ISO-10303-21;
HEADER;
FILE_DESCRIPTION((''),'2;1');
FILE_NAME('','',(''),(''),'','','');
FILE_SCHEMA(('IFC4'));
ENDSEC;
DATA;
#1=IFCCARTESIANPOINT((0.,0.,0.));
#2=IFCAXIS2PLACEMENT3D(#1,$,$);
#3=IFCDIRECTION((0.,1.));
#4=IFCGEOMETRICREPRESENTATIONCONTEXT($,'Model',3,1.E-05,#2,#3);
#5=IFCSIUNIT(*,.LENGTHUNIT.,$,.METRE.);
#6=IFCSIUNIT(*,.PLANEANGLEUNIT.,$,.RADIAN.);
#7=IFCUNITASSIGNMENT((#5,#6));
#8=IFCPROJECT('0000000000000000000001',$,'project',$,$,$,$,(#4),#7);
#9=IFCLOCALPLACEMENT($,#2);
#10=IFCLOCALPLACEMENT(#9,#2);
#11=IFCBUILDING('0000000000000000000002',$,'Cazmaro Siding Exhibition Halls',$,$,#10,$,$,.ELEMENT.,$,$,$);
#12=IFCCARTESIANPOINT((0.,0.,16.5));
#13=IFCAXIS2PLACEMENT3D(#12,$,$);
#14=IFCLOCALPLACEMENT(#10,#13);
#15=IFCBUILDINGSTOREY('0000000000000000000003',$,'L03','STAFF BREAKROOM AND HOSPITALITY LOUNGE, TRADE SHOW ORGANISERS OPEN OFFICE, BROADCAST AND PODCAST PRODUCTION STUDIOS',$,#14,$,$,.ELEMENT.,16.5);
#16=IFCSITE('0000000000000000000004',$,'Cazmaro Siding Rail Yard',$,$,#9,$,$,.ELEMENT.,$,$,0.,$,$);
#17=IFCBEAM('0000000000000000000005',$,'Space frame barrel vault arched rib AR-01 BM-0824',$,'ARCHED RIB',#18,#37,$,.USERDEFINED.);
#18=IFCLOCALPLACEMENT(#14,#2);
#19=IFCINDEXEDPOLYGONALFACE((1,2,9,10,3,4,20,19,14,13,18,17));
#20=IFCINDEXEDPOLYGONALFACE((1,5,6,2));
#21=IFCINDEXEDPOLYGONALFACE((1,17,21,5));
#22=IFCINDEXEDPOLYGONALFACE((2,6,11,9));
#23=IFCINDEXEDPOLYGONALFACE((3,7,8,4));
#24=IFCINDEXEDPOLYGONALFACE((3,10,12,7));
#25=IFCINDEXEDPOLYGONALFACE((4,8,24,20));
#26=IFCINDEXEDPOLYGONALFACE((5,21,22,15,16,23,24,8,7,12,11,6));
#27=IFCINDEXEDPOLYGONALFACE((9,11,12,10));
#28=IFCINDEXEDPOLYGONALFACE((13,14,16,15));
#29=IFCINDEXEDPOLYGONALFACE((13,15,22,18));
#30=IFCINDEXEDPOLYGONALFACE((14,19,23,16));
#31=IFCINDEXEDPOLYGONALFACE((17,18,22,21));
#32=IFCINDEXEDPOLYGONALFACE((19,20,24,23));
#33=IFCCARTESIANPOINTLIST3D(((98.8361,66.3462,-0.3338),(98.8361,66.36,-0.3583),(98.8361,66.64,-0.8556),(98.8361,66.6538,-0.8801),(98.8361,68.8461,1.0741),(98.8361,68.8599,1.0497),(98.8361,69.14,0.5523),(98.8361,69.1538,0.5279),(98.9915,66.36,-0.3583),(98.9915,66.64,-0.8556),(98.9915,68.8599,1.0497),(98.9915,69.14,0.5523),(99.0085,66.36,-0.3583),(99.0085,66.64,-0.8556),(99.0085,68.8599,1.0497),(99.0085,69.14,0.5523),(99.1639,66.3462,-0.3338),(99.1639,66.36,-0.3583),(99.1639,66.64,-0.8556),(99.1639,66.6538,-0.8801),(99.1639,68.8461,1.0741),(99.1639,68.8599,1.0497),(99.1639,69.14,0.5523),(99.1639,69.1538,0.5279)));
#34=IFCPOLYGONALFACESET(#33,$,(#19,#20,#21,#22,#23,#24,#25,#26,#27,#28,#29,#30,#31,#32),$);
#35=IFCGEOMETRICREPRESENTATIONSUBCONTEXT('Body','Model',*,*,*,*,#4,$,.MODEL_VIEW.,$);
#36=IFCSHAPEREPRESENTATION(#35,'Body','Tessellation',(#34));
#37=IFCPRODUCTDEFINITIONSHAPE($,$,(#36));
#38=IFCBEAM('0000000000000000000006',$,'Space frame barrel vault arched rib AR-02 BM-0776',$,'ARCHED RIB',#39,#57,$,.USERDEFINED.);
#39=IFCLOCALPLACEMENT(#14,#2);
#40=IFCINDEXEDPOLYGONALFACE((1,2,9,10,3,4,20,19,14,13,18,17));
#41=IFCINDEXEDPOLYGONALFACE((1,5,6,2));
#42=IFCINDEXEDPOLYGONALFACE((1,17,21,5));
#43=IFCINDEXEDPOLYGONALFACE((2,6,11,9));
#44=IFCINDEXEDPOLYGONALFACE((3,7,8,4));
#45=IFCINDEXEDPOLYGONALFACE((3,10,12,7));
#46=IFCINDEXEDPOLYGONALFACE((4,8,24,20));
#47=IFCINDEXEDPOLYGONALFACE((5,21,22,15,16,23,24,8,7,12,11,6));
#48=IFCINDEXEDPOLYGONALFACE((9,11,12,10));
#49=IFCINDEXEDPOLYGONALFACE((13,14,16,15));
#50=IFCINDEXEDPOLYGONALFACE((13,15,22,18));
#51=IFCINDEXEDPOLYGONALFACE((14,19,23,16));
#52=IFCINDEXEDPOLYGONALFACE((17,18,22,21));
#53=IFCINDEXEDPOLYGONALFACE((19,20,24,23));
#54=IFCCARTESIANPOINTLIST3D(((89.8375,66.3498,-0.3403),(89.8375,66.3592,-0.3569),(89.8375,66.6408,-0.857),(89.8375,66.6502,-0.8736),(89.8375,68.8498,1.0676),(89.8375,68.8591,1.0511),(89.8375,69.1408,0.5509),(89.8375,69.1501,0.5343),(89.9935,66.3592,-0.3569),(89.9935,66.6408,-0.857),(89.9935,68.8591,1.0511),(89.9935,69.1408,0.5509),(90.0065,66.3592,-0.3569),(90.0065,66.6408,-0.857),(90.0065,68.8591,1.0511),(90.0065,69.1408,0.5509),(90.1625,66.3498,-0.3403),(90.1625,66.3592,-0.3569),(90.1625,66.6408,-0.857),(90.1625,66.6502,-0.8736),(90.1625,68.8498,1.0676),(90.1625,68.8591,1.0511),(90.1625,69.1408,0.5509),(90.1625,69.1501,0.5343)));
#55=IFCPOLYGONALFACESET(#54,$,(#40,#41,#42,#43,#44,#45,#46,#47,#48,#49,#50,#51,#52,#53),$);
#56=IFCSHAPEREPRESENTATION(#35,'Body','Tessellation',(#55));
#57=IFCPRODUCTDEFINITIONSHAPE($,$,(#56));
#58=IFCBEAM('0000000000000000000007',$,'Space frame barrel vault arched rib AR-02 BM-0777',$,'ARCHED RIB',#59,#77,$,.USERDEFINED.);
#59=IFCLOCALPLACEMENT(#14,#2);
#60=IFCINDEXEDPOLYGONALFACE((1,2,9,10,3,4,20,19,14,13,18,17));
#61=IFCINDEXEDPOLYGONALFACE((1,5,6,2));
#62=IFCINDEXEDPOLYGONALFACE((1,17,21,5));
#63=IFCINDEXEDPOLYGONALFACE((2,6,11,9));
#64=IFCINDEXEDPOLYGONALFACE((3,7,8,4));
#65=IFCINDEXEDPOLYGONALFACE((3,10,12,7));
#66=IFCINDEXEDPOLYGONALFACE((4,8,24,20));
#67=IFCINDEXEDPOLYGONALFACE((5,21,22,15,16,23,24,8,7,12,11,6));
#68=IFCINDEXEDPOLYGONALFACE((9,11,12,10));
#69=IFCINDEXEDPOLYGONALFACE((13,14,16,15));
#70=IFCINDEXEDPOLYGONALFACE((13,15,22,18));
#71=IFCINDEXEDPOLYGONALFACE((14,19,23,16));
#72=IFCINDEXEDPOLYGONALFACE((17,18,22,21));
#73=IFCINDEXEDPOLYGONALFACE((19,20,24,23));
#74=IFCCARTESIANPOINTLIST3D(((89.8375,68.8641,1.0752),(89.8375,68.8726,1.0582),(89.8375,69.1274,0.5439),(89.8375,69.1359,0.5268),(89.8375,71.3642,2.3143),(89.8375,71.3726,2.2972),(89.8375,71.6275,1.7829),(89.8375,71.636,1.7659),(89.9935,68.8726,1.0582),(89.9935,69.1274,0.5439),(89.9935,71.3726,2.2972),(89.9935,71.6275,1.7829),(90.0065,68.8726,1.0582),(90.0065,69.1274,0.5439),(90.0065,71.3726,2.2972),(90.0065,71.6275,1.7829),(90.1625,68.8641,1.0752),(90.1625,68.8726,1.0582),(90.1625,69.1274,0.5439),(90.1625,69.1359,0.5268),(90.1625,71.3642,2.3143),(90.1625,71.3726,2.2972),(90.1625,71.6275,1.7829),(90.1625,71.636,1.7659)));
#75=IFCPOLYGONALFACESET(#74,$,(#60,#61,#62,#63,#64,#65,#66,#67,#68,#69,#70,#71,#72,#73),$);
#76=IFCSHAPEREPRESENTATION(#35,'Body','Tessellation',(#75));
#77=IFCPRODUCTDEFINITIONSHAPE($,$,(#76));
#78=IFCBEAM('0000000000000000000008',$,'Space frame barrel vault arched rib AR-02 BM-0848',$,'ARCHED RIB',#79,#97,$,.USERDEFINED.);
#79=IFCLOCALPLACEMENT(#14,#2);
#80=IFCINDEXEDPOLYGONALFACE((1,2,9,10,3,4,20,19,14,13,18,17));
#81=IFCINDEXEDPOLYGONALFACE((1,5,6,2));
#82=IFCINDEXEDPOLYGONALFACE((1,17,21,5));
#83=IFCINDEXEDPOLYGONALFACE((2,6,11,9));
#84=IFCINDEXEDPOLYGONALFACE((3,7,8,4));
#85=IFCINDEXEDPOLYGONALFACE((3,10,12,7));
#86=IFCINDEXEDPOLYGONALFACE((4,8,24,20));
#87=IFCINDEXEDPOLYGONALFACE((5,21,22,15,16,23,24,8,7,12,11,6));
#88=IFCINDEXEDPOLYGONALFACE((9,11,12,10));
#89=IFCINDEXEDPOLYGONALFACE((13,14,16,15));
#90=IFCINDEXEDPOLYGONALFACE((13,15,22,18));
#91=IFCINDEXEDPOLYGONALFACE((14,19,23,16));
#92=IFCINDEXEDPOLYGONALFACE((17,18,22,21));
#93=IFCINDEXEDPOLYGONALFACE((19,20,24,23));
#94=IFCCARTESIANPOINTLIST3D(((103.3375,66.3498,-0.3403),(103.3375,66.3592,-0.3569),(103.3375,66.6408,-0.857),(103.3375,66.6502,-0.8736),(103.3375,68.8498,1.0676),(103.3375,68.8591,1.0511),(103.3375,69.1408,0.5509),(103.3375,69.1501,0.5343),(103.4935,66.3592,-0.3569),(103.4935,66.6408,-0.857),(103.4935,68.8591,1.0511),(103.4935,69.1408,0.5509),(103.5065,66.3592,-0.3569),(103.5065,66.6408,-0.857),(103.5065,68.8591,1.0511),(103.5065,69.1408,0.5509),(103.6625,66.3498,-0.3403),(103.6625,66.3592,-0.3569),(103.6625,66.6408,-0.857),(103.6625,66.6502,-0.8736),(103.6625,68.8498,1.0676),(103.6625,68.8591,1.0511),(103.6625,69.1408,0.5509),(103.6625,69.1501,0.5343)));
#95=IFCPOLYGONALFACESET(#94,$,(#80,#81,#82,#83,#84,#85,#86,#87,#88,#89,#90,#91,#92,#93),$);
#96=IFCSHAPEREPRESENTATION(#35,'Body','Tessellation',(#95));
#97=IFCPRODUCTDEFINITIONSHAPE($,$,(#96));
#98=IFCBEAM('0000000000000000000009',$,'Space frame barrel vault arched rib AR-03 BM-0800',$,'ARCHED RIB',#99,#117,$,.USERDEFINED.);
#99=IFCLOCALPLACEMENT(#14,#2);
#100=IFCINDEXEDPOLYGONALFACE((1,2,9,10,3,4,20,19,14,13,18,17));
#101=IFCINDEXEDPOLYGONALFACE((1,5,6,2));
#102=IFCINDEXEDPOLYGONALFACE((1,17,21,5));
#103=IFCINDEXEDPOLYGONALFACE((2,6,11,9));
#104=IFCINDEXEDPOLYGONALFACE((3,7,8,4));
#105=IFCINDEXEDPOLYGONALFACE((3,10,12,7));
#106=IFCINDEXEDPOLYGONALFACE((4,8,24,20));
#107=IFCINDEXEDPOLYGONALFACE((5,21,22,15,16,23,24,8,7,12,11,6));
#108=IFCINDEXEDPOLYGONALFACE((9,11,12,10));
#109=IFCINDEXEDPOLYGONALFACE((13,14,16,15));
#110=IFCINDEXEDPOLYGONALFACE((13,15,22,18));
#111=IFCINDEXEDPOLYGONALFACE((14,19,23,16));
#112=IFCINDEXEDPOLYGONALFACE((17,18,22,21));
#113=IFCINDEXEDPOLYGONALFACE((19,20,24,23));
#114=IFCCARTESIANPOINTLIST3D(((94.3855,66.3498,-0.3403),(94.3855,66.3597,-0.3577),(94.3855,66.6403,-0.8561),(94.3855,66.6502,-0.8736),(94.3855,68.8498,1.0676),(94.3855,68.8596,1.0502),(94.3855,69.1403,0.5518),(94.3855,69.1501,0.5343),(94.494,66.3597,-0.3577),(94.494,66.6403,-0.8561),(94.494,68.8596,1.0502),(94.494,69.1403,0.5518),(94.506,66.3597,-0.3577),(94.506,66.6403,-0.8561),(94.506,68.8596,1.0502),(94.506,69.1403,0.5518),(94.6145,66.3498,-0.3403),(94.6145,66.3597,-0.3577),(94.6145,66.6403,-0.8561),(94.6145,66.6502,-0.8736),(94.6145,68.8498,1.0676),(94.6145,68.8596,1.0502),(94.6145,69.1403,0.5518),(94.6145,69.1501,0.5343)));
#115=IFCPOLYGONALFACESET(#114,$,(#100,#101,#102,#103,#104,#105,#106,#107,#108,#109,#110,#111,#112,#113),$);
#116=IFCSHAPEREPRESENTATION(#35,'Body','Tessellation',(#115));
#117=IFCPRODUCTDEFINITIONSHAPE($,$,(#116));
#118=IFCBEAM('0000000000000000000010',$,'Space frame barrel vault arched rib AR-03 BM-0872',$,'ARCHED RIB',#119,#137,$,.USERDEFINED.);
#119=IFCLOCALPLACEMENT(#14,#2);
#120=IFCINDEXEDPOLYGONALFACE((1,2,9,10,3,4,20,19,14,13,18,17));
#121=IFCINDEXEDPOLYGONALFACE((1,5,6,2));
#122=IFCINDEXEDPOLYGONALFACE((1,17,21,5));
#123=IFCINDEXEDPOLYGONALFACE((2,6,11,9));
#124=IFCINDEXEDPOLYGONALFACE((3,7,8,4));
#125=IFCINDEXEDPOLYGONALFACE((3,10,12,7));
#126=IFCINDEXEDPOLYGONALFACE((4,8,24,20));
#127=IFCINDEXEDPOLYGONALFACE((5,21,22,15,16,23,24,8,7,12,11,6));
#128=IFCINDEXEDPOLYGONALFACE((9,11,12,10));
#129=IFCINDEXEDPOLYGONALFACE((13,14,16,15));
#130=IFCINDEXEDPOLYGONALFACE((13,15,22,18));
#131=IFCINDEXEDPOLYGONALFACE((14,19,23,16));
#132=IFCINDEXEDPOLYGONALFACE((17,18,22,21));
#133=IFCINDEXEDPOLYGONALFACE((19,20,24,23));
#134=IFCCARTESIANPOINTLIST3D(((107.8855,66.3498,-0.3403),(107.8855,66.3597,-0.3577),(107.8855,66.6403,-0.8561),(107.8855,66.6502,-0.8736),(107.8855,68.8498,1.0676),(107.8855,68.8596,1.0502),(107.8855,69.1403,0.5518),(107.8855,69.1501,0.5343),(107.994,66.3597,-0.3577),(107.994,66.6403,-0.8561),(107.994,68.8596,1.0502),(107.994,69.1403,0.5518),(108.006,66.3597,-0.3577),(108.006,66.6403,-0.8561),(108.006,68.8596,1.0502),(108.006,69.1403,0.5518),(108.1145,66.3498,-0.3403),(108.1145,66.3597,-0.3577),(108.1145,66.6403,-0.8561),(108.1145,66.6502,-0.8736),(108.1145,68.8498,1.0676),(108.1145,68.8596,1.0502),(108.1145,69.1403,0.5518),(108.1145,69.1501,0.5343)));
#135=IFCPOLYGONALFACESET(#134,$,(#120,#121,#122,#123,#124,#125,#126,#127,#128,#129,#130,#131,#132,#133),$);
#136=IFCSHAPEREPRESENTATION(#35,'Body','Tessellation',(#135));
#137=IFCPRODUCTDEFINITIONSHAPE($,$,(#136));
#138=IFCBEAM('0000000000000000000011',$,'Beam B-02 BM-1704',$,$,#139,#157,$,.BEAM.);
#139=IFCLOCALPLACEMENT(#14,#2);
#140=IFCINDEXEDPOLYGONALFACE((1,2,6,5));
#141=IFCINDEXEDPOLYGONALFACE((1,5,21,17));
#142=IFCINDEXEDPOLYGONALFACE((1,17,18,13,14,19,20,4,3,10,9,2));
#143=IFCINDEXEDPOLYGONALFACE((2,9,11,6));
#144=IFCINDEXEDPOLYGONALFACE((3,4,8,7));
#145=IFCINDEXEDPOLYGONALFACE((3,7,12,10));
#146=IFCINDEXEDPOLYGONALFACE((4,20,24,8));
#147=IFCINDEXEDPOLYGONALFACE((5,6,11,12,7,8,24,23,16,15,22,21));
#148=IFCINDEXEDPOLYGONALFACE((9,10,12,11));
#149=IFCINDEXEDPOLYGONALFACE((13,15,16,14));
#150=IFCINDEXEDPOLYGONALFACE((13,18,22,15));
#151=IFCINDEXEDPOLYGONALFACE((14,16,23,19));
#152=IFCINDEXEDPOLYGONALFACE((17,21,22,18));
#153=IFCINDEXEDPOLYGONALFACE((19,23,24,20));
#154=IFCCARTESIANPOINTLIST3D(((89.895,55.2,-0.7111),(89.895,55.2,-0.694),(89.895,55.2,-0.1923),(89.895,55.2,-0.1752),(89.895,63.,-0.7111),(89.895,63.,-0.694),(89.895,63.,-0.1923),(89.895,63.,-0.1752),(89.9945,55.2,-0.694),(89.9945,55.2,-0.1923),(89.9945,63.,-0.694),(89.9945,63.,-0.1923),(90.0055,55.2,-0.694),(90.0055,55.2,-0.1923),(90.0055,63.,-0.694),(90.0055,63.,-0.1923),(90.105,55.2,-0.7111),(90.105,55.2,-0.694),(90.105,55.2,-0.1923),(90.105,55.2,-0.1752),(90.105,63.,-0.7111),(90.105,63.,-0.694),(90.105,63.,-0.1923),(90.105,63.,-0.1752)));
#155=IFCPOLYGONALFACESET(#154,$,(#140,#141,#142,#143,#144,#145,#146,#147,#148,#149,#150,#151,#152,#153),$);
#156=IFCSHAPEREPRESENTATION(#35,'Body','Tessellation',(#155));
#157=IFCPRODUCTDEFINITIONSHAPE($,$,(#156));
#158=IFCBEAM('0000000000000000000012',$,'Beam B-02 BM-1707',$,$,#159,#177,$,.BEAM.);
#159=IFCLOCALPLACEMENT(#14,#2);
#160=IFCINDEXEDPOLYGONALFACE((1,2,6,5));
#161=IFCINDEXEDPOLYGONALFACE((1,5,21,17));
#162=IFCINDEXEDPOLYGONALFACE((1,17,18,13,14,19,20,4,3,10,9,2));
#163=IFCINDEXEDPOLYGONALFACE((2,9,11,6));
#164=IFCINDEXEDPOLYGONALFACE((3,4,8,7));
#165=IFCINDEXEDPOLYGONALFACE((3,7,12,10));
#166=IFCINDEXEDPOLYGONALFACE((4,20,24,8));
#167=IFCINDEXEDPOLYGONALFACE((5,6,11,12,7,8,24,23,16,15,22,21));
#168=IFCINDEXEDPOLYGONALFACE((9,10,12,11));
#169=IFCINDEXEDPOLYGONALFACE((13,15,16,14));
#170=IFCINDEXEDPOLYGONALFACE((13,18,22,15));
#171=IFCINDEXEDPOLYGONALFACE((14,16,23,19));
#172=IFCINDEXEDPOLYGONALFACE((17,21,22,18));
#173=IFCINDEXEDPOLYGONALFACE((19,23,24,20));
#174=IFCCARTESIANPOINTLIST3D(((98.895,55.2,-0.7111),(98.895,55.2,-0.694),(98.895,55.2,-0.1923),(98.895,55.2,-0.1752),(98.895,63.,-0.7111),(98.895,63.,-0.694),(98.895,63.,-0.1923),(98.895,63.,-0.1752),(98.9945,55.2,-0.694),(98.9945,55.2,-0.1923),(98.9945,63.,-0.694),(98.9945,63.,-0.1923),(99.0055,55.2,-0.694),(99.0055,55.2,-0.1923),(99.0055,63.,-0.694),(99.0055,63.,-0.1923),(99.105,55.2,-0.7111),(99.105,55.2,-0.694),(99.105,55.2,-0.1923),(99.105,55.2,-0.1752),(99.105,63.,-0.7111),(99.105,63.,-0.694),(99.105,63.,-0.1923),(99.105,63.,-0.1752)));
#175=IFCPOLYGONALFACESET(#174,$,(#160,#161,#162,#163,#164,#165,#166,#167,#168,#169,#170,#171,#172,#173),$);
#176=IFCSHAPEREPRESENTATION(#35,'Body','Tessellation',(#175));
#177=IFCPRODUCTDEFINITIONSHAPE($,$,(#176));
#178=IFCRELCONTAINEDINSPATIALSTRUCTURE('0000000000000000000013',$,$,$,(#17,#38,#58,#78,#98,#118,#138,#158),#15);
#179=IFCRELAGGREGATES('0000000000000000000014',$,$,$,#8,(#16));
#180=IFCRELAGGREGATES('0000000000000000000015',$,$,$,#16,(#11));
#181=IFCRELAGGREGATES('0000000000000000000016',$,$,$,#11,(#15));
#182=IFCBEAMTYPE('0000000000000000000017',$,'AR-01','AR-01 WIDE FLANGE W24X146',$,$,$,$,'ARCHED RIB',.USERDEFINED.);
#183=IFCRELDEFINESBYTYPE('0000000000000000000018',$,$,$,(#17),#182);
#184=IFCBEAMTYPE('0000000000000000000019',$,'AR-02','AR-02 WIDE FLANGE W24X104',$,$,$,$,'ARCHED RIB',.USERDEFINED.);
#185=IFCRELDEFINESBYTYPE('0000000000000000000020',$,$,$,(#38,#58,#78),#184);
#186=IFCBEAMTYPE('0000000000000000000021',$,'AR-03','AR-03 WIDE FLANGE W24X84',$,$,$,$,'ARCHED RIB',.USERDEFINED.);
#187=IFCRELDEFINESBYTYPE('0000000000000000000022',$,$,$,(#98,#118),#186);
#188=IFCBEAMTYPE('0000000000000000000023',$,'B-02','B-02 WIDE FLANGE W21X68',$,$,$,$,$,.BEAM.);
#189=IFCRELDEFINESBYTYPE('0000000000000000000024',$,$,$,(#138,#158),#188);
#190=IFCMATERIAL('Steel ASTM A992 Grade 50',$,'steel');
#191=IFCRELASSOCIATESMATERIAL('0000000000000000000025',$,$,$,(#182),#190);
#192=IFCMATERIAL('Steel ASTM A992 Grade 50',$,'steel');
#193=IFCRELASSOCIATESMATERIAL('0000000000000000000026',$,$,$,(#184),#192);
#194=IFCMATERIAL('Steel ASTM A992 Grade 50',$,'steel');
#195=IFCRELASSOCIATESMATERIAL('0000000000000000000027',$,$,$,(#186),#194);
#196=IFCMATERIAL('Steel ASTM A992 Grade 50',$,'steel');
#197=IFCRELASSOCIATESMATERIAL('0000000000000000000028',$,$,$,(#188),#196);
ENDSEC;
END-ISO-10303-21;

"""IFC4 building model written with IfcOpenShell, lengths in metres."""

from ifc_helpers import new_model, si_unit, direction, frame, origin, origin_2d, place, context, subcontext, project, spatial, i_section, extrude, material, material_profile, profile_set, type_object, element, save


model = new_model("IFC4")

# Units and contexts
model_context = context("Model", 3, precision=1e-05, world=origin(), true_north=direction((0.0, 1.0)))
body_context = subcontext(model_context, "Body", "Model", "MODEL_VIEW")
ifc_project = project(units=[si_unit("LENGTHUNIT", "METRE"), si_unit("PLANEANGLEUNIT", "RADIAN")], contexts=[model_context])

# Site, building, storey
site_placement = place(None, origin())
site = spatial("IfcSite", under=ifc_project, at=site_placement, Name="Cazmaro Siding Rail Yard", CompositionType="ELEMENT", RefElevation=0.0)
building_placement = place(site_placement, origin())
building = spatial("IfcBuilding", under=site, at=building_placement, Name="Cazmaro Siding Exhibition Halls", CompositionType="ELEMENT")
storey_placement = place(building_placement, frame((0.0, 0.0, 16.5)))
storey = spatial("IfcBuildingStorey", under=building, at=storey_placement, Name="L03", Description="STAFF BREAKROOM AND HOSPITALITY LOUNGE, TRADE SHOW ORGANISERS OPEN OFFICE, BROADCAST AND PODCAST PRODUCTION STUDIOS", CompositionType="ELEMENT", Elevation=16.5)

# Beams
ifc_material_1 = material(Name="Steel ASTM A992 Grade 50", Category="steel")
ifc_material_profile_1 = material_profile(ifc_material_1, i_section(OverallWidth=0.3279, OverallDepth=0.627, WebThickness=0.0171, FlangeThickness=0.0281, at=origin_2d()), Name="W24X146")
ifc_profile_set_1 = profile_set([ifc_material_profile_1], Name="Steel ASTM A992 Grade 50")
beam_type_1 = type_object("IfcBeamType", Name="AR-01", Description="AR-01 WIDE FLANGE W24X146", ElementType="ARCHED RIB", PredefinedType="USERDEFINED", material=ifc_profile_set_1)
beam_1_placement = place(storey_placement, frame((99.0, 66.5, -0.6069), z_axis=(0.0, 0.871321, 0.490714), x_axis=(-1.0, 0.0, 0.0)))
element("IfcBeam", 1, at=beam_1_placement, inside=storey, type_object=beam_type_1, Name="Space frame barrel vault arched rib AR-01 BM-0824", ObjectType="ARCHED RIB", PredefinedType="USERDEFINED", context=body_context, shape_type="SweptSolid", body=[
    extrude(i_section(OverallWidth=0.3279, OverallDepth=0.627, WebThickness=0.0171, FlangeThickness=0.0281, at=origin_2d()), origin(), (0.0, 0.0, 1.0), 2.8691),
])
ifc_material_2 = material(Name="Steel ASTM A992 Grade 50", Category="steel")
ifc_material_profile_2 = material_profile(ifc_material_2, i_section(OverallWidth=0.325, OverallDepth=0.6121, WebThickness=0.0129, FlangeThickness=0.019, at=origin_2d()), Name="W24X104")
ifc_profile_set_2 = profile_set([ifc_material_profile_2], Name="Steel ASTM A992 Grade 50")
beam_type_2 = type_object("IfcBeamType", Name="AR-02", Description="AR-02 WIDE FLANGE W24X104", ElementType="ARCHED RIB", PredefinedType="USERDEFINED", material=ifc_profile_set_2)
beam_2_placement = place(storey_placement, frame((90.0, 66.5, -0.6069), z_axis=(0.0, 0.871321, 0.490714), x_axis=(-1.0, 0.0, 0.0)))
element("IfcBeam", 2, at=beam_2_placement, inside=storey, type_object=beam_type_2, Name="Space frame barrel vault arched rib AR-02 BM-0776", ObjectType="ARCHED RIB", PredefinedType="USERDEFINED", context=body_context, shape_type="SweptSolid", body=[
    extrude(i_section(OverallWidth=0.325, OverallDepth=0.6121, WebThickness=0.0129, FlangeThickness=0.019, at=origin_2d()), origin(), (0.0, 0.0, 1.0), 2.8691),
])
beam_3_placement = place(storey_placement, frame((90.0, 69.0, 0.801), z_axis=(0.0, 0.895997, 0.444061), x_axis=(-1.0, 0.0, 0.0)))
element("IfcBeam", 3, at=beam_3_placement, inside=storey, type_object=beam_type_2, Name="Space frame barrel vault arched rib AR-02 BM-0777", ObjectType="ARCHED RIB", PredefinedType="USERDEFINED", context=body_context, shape_type="SweptSolid", body=[
    extrude(i_section(OverallWidth=0.325, OverallDepth=0.6121, WebThickness=0.0129, FlangeThickness=0.019, at=origin_2d()), origin(), (0.0, 0.0, 1.0), 2.7903),
])
beam_4_placement = place(storey_placement, frame((103.5, 66.5, -0.6069), z_axis=(0.0, 0.871321, 0.490714), x_axis=(-1.0, 0.0, 0.0)))
element("IfcBeam", 4, at=beam_4_placement, inside=storey, type_object=beam_type_2, Name="Space frame barrel vault arched rib AR-02 BM-0848", ObjectType="ARCHED RIB", PredefinedType="USERDEFINED", context=body_context, shape_type="SweptSolid", body=[
    extrude(i_section(OverallWidth=0.325, OverallDepth=0.6121, WebThickness=0.0129, FlangeThickness=0.019, at=origin_2d()), origin(), (0.0, 0.0, 1.0), 2.8691),
])
ifc_material_3 = material(Name="Steel ASTM A992 Grade 50", Category="steel")
ifc_material_profile_3 = material_profile(ifc_material_3, i_section(OverallWidth=0.229, OverallDepth=0.6121, WebThickness=0.012, FlangeThickness=0.02, at=origin_2d()), Name="W24X84")
ifc_profile_set_3 = profile_set([ifc_material_profile_3], Name="Steel ASTM A992 Grade 50")
beam_type_3 = type_object("IfcBeamType", Name="AR-03", Description="AR-03 WIDE FLANGE W24X84", ElementType="ARCHED RIB", PredefinedType="USERDEFINED", material=ifc_profile_set_3)
for number, where, z_axis, x_axis, name in (
    (5, (94.5, 66.5, -0.6069), (0.0, 0.871321, 0.490714), (-1.0, 0.0, 0.0), "Space frame barrel vault arched rib AR-03 BM-0800"),
    (6, (108.0, 66.5, -0.6069), (0.0, 0.871321, 0.490714), (-1.0, 0.0, 0.0), "Space frame barrel vault arched rib AR-03 BM-0872"),
):
    element("IfcBeam", number, at=place(storey_placement, frame(where, z_axis=z_axis, x_axis=x_axis)), inside=storey, type_object=beam_type_3, Name=name, ObjectType="ARCHED RIB", PredefinedType="USERDEFINED", context=body_context, shape_type="SweptSolid", body=[
        extrude(i_section(OverallWidth=0.229, OverallDepth=0.6121, WebThickness=0.012, FlangeThickness=0.02, at=origin_2d()), origin(), (0.0, 0.0, 1.0), 2.8691),
    ])
ifc_material_4 = material(Name="Steel ASTM A992 Grade 50", Category="steel")
ifc_material_profile_4 = material_profile(ifc_material_4, i_section(OverallWidth=0.21, OverallDepth=0.5359, WebThickness=0.011, FlangeThickness=0.0171, at=origin_2d()), Name="W21X68")
ifc_profile_set_4 = profile_set([ifc_material_profile_4], Name="Steel ASTM A992 Grade 50")
beam_type_4 = type_object("IfcBeamType", Name="B-02", Description="B-02 WIDE FLANGE W21X68", PredefinedType="BEAM", material=ifc_profile_set_4)
for number, where, z_axis, x_axis, name in (
    (7, (90.0, 55.2, -0.4431), (0.0, 1.0, 0.0), (-1.0, 0.0, 0.0), "Beam B-02 BM-1704"),
    (8, (99.0, 55.2, -0.4431), (0.0, 1.0, 0.0), (-1.0, 0.0, 0.0), "Beam B-02 BM-1707"),
):
    element("IfcBeam", number, at=place(storey_placement, frame(where, z_axis=z_axis, x_axis=x_axis)), inside=storey, type_object=beam_type_4, Name=name, PredefinedType="BEAM", context=body_context, shape_type="SweptSolid", body=[
        extrude(i_section(OverallWidth=0.21, OverallDepth=0.5359, WebThickness=0.011, FlangeThickness=0.0171, at=origin_2d()), origin(), (0.0, 0.0, 1.0), 7.8),
    ])

save(model, "model.ifc")
